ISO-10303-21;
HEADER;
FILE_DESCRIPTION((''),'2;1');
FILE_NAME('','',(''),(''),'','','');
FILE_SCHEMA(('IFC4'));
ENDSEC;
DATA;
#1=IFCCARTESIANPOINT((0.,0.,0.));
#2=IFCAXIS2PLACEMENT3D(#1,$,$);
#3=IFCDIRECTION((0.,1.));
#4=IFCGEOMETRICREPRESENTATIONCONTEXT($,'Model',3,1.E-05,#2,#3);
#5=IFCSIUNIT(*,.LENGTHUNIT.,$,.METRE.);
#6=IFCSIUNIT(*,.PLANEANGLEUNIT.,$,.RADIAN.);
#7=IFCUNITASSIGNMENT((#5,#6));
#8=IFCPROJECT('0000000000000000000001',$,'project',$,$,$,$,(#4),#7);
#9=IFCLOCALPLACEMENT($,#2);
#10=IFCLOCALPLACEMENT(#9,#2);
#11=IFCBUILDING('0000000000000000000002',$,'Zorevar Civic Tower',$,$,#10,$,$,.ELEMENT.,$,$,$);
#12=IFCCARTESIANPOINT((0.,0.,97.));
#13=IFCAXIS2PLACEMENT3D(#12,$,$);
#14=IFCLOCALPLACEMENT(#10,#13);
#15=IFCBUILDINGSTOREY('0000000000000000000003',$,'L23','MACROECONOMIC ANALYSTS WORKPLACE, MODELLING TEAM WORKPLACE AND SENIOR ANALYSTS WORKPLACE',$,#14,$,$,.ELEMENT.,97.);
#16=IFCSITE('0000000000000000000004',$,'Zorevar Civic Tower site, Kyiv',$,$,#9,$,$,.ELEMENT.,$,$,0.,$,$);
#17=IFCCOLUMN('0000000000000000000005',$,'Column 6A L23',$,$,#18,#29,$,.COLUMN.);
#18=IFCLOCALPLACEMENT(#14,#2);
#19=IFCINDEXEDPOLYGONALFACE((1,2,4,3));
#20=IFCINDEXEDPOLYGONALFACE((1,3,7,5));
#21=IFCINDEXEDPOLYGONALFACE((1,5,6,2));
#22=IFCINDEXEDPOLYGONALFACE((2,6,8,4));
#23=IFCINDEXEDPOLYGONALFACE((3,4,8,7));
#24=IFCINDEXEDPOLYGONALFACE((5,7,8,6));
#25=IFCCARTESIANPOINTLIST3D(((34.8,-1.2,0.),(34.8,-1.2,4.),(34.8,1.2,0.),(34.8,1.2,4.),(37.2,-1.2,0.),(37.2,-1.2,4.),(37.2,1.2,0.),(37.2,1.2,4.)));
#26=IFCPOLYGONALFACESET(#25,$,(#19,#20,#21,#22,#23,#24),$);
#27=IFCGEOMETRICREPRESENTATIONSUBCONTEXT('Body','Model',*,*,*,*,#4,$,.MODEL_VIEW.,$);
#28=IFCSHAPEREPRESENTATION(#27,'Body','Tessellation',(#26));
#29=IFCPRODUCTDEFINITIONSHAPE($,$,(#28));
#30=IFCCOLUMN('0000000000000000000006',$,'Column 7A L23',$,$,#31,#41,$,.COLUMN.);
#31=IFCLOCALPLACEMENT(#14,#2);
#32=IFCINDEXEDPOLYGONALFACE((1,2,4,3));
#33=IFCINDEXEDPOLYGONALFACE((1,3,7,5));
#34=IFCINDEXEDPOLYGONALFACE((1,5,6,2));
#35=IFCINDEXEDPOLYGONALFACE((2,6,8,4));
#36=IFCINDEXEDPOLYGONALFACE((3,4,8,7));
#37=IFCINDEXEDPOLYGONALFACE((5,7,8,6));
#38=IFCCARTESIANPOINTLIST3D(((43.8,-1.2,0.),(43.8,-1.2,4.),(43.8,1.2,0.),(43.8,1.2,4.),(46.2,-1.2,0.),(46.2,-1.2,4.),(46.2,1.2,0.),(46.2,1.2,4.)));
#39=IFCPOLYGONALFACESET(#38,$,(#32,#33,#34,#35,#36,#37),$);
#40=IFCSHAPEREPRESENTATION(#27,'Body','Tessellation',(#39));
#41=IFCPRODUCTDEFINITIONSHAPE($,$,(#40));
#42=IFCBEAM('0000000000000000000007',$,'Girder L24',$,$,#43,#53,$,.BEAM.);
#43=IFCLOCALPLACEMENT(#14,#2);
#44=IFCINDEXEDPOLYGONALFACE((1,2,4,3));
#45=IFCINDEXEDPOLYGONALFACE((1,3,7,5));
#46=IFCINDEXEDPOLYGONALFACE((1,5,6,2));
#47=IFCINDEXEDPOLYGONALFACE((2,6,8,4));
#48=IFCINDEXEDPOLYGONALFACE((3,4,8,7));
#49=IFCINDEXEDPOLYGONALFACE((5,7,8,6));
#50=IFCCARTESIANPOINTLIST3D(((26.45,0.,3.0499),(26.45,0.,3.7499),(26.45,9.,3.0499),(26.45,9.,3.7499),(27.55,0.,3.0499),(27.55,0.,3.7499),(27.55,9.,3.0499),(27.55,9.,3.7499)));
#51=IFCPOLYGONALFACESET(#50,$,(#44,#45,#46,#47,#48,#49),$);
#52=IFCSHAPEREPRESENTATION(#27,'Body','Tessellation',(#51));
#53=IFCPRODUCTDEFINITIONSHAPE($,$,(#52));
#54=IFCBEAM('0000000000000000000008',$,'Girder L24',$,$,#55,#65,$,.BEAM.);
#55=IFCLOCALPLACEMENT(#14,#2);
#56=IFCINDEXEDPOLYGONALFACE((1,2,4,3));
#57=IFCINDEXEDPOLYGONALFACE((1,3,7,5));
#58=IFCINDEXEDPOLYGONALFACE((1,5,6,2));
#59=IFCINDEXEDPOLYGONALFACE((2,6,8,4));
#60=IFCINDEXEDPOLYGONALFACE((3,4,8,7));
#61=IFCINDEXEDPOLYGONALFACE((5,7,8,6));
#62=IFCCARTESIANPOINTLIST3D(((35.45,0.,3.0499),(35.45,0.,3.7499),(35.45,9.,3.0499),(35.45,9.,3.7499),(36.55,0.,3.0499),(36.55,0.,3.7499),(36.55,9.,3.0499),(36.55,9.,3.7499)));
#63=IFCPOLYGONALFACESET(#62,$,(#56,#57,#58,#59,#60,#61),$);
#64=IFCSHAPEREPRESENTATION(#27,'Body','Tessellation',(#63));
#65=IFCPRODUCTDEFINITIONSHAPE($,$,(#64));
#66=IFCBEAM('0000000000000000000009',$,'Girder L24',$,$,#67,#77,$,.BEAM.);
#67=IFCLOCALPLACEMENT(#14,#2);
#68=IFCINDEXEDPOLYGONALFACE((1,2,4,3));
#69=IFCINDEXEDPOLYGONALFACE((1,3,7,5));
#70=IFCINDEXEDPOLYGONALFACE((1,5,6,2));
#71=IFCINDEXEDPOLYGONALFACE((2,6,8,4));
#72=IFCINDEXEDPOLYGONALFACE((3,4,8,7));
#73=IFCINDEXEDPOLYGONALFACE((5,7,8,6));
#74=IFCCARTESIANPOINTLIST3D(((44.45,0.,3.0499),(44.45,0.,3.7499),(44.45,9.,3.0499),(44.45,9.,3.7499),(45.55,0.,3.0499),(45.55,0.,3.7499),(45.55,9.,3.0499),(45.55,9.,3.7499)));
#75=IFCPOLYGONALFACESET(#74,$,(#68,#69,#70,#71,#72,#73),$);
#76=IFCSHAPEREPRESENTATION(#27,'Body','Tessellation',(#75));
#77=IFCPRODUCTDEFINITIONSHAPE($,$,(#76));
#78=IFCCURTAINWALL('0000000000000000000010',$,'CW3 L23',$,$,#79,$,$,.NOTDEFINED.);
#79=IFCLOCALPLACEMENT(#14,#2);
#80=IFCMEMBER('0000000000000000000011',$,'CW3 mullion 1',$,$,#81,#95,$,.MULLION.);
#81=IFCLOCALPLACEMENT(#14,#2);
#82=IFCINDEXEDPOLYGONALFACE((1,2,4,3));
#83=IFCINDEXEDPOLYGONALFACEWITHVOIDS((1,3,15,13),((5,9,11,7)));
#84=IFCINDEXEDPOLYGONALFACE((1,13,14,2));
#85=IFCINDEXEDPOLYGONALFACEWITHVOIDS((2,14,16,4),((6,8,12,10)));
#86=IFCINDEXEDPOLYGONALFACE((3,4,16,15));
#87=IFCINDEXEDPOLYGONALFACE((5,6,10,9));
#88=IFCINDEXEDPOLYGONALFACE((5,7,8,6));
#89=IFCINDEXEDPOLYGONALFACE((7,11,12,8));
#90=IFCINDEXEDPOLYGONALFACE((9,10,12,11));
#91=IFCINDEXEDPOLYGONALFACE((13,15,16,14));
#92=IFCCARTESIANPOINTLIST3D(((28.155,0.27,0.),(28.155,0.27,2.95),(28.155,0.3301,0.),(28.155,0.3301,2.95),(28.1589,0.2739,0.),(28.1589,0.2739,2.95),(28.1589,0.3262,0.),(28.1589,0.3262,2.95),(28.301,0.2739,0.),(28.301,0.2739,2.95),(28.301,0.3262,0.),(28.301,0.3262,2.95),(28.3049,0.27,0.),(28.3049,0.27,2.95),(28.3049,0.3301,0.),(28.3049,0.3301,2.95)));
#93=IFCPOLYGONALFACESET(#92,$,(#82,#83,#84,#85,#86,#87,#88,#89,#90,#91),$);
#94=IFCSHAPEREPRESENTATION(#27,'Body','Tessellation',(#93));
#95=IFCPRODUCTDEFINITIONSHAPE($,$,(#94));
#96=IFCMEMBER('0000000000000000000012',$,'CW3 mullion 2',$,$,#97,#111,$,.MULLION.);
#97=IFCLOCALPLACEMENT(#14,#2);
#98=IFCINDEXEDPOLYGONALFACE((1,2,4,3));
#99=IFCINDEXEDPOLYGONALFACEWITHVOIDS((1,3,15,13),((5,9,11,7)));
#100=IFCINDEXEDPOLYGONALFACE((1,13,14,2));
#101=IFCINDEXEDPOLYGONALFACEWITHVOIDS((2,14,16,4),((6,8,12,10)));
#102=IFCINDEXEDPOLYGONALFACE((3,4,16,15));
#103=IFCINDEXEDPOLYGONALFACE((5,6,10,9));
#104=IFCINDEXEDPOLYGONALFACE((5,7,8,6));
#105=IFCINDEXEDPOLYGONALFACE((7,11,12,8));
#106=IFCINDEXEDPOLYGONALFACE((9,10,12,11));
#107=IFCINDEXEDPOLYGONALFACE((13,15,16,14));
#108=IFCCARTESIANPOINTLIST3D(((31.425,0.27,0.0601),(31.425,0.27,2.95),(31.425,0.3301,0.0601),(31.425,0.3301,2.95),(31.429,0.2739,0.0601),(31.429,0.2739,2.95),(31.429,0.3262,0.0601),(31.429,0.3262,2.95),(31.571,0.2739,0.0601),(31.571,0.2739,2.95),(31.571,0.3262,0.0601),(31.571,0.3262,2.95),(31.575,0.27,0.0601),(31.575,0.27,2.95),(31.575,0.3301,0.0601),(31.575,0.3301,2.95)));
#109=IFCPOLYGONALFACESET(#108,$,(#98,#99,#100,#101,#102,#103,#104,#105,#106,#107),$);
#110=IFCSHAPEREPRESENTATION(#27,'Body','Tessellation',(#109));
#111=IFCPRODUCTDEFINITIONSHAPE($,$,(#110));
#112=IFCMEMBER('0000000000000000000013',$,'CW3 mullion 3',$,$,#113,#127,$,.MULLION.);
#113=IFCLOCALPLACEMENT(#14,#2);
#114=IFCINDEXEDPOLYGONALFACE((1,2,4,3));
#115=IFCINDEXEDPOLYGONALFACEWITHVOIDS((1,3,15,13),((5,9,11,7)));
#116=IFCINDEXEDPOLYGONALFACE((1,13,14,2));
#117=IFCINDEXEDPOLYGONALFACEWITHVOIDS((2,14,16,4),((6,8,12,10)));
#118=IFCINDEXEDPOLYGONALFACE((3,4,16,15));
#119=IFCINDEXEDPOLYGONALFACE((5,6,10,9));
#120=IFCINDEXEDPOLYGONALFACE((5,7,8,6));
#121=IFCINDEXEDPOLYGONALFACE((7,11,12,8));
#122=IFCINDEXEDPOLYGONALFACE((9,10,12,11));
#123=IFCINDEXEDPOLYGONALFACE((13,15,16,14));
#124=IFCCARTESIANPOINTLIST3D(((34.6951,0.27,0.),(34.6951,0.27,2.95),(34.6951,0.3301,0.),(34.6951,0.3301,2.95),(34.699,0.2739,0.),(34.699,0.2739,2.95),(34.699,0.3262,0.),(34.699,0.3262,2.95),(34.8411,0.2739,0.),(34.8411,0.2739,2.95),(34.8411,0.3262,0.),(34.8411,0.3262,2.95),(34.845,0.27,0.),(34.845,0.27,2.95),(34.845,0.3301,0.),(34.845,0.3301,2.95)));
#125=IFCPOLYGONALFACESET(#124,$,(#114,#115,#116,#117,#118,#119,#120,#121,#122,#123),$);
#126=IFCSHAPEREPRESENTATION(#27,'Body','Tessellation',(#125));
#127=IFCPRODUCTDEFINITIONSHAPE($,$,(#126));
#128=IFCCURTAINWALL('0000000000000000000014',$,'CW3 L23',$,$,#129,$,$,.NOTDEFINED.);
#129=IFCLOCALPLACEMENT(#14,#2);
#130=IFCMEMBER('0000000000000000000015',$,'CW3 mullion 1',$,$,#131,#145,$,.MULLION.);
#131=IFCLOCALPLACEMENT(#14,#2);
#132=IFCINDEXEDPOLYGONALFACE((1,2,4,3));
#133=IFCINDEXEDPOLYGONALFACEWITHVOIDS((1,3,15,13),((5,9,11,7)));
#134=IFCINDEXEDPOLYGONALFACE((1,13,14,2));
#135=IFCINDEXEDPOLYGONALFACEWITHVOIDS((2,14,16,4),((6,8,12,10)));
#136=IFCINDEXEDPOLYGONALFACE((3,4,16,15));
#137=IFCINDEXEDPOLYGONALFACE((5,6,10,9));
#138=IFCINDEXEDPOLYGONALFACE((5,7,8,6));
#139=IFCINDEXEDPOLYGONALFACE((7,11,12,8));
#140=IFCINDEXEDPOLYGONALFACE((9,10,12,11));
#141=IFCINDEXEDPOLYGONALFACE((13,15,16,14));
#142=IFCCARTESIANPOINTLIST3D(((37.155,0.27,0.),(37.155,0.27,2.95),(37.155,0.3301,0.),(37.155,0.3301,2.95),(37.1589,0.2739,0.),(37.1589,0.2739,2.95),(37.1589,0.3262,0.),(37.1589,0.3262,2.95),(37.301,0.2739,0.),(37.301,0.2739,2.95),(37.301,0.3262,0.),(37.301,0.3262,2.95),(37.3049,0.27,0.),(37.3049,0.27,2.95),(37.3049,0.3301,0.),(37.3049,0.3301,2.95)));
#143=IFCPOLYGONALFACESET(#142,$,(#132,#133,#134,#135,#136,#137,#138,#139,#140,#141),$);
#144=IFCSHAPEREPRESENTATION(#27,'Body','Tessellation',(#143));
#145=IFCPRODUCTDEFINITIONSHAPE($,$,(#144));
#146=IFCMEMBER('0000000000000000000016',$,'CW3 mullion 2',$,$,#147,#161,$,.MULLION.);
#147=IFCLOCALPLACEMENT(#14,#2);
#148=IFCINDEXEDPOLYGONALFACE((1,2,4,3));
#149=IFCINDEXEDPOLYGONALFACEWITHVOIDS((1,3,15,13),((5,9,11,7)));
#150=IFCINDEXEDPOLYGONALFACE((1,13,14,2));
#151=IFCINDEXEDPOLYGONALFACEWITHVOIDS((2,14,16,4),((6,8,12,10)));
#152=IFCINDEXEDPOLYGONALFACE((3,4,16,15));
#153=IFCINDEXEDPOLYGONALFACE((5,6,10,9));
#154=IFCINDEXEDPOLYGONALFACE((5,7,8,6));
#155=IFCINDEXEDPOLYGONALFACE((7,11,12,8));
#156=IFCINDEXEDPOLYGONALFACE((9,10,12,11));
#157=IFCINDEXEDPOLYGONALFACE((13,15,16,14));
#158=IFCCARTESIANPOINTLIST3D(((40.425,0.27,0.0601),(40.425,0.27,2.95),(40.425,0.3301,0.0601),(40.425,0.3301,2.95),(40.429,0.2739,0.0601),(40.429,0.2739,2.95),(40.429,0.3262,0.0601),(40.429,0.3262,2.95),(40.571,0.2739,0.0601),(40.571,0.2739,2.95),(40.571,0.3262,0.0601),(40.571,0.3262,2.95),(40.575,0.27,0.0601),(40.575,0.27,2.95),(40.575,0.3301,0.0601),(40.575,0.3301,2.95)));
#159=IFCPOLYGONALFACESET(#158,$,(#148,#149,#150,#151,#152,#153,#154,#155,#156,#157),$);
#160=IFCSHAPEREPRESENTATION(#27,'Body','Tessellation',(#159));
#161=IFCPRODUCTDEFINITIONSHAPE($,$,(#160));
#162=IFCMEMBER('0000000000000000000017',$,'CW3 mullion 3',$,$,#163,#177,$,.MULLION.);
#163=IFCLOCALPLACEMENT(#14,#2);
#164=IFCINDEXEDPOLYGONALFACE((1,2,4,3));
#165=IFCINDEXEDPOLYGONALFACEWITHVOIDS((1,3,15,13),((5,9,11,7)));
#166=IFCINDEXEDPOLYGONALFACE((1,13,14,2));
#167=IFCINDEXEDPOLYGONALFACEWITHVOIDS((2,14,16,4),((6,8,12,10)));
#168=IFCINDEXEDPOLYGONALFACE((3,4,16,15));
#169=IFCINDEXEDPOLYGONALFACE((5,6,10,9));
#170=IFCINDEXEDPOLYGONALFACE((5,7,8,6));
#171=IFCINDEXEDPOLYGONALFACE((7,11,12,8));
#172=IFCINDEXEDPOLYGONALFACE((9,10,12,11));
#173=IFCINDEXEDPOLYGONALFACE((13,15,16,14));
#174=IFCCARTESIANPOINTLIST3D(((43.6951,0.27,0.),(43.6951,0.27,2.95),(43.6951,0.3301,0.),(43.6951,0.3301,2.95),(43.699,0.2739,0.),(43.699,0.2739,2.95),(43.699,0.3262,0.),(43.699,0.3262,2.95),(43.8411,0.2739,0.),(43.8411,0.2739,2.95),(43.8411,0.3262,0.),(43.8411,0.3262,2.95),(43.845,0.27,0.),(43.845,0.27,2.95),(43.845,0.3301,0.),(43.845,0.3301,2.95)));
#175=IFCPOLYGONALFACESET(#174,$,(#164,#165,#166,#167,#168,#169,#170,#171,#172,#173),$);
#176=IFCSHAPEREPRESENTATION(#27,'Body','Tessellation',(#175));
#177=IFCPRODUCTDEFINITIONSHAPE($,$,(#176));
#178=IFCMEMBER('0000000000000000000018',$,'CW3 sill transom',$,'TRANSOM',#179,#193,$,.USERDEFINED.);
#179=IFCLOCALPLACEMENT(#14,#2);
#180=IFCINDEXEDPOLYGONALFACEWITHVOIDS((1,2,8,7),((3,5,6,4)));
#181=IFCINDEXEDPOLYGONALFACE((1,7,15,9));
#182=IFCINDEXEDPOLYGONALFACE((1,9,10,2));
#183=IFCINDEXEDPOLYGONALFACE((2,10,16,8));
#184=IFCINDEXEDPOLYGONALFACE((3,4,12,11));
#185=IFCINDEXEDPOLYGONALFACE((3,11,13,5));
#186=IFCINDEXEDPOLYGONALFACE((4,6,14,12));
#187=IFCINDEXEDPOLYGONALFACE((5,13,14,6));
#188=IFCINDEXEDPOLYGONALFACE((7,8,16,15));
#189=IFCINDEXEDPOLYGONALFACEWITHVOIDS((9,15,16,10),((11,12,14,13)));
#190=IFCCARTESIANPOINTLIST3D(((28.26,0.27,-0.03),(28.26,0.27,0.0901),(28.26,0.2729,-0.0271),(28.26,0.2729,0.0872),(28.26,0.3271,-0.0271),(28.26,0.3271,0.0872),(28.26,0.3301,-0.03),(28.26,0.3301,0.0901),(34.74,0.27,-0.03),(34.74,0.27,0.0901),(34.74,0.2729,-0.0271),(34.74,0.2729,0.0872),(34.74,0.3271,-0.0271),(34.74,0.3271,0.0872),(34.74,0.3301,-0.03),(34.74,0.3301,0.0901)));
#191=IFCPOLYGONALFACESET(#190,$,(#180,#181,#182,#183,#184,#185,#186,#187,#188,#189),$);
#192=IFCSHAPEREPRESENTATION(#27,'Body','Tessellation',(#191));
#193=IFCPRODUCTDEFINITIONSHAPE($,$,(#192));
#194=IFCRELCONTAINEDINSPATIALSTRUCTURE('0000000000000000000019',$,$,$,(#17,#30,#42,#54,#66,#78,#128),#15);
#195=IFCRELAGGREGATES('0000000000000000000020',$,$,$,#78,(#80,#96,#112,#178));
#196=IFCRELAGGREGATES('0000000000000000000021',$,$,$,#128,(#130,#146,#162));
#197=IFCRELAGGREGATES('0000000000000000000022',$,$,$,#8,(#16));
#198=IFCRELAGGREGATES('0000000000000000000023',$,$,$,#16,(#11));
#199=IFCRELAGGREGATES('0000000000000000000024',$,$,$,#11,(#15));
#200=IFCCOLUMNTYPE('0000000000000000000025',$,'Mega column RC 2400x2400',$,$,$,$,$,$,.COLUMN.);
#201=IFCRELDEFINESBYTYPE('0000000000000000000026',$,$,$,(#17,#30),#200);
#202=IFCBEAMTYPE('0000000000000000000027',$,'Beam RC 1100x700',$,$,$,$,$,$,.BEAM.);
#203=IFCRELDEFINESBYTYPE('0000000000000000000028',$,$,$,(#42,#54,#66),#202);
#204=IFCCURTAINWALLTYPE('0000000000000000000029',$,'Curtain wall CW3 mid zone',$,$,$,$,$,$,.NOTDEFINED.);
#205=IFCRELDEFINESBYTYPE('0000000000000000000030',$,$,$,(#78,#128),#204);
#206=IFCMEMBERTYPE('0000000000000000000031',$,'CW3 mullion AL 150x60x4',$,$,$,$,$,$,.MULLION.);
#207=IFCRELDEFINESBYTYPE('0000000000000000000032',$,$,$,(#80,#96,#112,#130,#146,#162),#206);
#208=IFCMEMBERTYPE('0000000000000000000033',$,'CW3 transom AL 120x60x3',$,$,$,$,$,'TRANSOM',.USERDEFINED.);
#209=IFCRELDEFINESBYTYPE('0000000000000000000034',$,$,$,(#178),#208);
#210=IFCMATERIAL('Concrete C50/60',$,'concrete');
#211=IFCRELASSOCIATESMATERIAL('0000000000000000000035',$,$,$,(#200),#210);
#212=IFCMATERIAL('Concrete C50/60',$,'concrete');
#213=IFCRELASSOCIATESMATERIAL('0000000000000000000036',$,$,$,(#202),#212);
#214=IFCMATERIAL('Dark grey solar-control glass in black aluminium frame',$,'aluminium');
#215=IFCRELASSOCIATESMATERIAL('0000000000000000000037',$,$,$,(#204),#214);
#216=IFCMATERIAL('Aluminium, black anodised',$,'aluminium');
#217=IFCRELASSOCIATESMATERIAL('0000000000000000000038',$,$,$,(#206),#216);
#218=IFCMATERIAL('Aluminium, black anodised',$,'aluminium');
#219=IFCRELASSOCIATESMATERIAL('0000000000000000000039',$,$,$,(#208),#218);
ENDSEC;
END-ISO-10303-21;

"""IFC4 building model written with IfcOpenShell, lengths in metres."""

from ifc_helpers import new_model, si_unit, direction, frame, origin, origin_2d, place, context, subcontext, project, spatial, rectangle, hollow_rectangle, extrude, material, material_profile, profile_set, type_object, element, aggregate, save


model = new_model("IFC4")

# Units and contexts
model_context = context("Model", 3, precision=1e-05, world=origin(), true_north=direction((0.0, 1.0)))
body_context = subcontext(model_context, "Body", "Model", "MODEL_VIEW")
ifc_project = project(units=[si_unit("LENGTHUNIT", "METRE"), si_unit("PLANEANGLEUNIT", "RADIAN")], contexts=[model_context])

# Site, building, storey
site_placement = place(None, origin())
site = spatial("IfcSite", under=ifc_project, at=site_placement, Name="Zorevar Civic Tower site, Kyiv", CompositionType="ELEMENT", RefElevation=0.0)
building_placement = place(site_placement, origin())
building = spatial("IfcBuilding", under=site, at=building_placement, Name="Zorevar Civic Tower", CompositionType="ELEMENT")
storey_placement = place(building_placement, frame((0.0, 0.0, 97.0)))
storey = spatial("IfcBuildingStorey", under=building, at=storey_placement, Name="L23", Description="MACROECONOMIC ANALYSTS WORKPLACE, MODELLING TEAM WORKPLACE AND SENIOR ANALYSTS WORKPLACE", CompositionType="ELEMENT", Elevation=97.0)

# Columns
ifc_material_1 = material(Name="Concrete C50/60", Category="concrete")
ifc_material_profile_1 = material_profile(ifc_material_1, rectangle(XDim=2.3999, YDim=2.3999, at=origin_2d()), Name="RC 2400x2400")
ifc_profile_set_1 = profile_set([ifc_material_profile_1], Name="Concrete C50/60")
column_type = type_object("IfcColumnType", Name="Mega column RC 2400x2400", PredefinedType="COLUMN", material=ifc_profile_set_1)
for number, where, z_axis, x_axis, name in (
    (1, (36.0, 0.0, 0.0), (0.0, 0.0, 1.0), (1.0, 0.0, 0.0), "Column 6A L23"),
    (2, (45.0, 0.0, 0.0), (0.0, 0.0, 1.0), (1.0, 0.0, 0.0), "Column 7A L23"),
):
    element("IfcColumn", number, at=place(storey_placement, frame(where, z_axis=z_axis, x_axis=x_axis)), inside=storey, type_object=column_type, Name=name, PredefinedType="COLUMN", context=body_context, shape_type="SweptSolid", body=[
        extrude(rectangle(XDim=2.3999, YDim=2.3999, at=origin_2d()), origin(), (0.0, 0.0, 1.0), 4.0),
    ])

# Beams
ifc_material_2 = material(Name="Concrete C50/60", Category="concrete")
ifc_material_profile_2 = material_profile(ifc_material_2, rectangle(XDim=1.1001, YDim=0.7, at=origin_2d()), Name="RC 1100x700")
ifc_profile_set_2 = profile_set([ifc_material_profile_2], Name="Concrete C50/60")
beam_type_1 = type_object("IfcBeamType", Name="Beam RC 1100x700", PredefinedType="BEAM", material=ifc_profile_set_2)
for number, where, z_axis, x_axis, name in (
    (3, (27.0, 0.0, 3.3999), (0.0, 1.0, 0.0), (-1.0, 0.0, 0.0), "Girder L24"),
    (4, (36.0, 0.0, 3.3999), (0.0, 1.0, 0.0), (-1.0, 0.0, 0.0), "Girder L24"),
    (5, (45.0, 0.0, 3.3999), (0.0, 1.0, 0.0), (-1.0, 0.0, 0.0), "Girder L24"),
):
    element("IfcBeam", number, at=place(storey_placement, frame(where, z_axis=z_axis, x_axis=x_axis)), inside=storey, type_object=beam_type_1, Name=name, PredefinedType="BEAM", context=body_context, shape_type="SweptSolid", body=[
        extrude(rectangle(XDim=1.1001, YDim=0.7, at=origin_2d()), origin(), (0.0, 0.0, 1.0), 9.0),
    ])

# Curtain walls, members
ifc_material_3 = material(Name="Dark grey solar-control glass in black aluminium frame", Category="aluminium")
curtain_wall_type = type_object("IfcCurtainWallType", Name="Curtain wall CW3 mid zone", PredefinedType="NOTDEFINED", material=ifc_material_3)
curtain_wall_1_placement = place(storey_placement, origin())
curtain_wall_1 = element("IfcCurtainWall", 6, at=curtain_wall_1_placement, inside=storey, type_object=curtain_wall_type, Name="CW3 L23", PredefinedType="NOTDEFINED")
ifc_material_4 = material(Name="Aluminium, black anodised", Category="aluminium")
ifc_material_profile_3 = material_profile(ifc_material_4, hollow_rectangle(XDim=0.0601, YDim=0.1499, WallThickness=0.0039, at=origin_2d()), Name="AL 150x60x4")
ifc_profile_set_3 = profile_set([ifc_material_profile_3], Name="Aluminium, black anodised")
member_type_1 = type_object("IfcMemberType", Name="CW3 mullion AL 150x60x4", PredefinedType="MULLION", material=ifc_profile_set_3)
member_1_placement = place(storey_placement, frame((28.23, 0.3, 0.0), z_axis=(0.0, 0.0, 1.0), x_axis=(0.0, 1.0, 0.0)))
member_1 = element("IfcMember", 7, at=member_1_placement, type_object=member_type_1, Name="CW3 mullion 1", PredefinedType="MULLION", context=body_context, shape_type="SweptSolid", body=[
    extrude(hollow_rectangle(XDim=0.0601, YDim=0.1499, WallThickness=0.0039, at=origin_2d()), origin(), (0.0, 0.0, 1.0), 2.95),
])
member_2_placement = place(storey_placement, frame((31.5, 0.3, 0.0601), z_axis=(0.0, 0.0, 1.0), x_axis=(0.0, 1.0, 0.0)))
member_2 = element("IfcMember", 8, at=member_2_placement, type_object=member_type_1, Name="CW3 mullion 2", PredefinedType="MULLION", context=body_context, shape_type="SweptSolid", body=[
    extrude(hollow_rectangle(XDim=0.0601, YDim=0.1499, WallThickness=0.0039, at=origin_2d()), origin(), (0.0, 0.0, 1.0), 2.8899),
])
member_3_placement = place(storey_placement, frame((34.77, 0.3, 0.0), z_axis=(0.0, 0.0, 1.0), x_axis=(0.0, 1.0, 0.0)))
member_3 = element("IfcMember", 9, at=member_3_placement, type_object=member_type_1, Name="CW3 mullion 3", PredefinedType="MULLION", context=body_context, shape_type="SweptSolid", body=[
    extrude(hollow_rectangle(XDim=0.0601, YDim=0.1499, WallThickness=0.0039, at=origin_2d()), origin(), (0.0, 0.0, 1.0), 2.95),
])
curtain_wall_2_placement = place(storey_placement, origin())
curtain_wall_2 = element("IfcCurtainWall", 10, at=curtain_wall_2_placement, inside=storey, type_object=curtain_wall_type, Name="CW3 L23", PredefinedType="NOTDEFINED")
member_4_placement = place(storey_placement, frame((37.23, 0.3, 0.0), z_axis=(0.0, 0.0, 1.0), x_axis=(0.0, 1.0, 0.0)))
member_4 = element("IfcMember", 11, at=member_4_placement, type_object=member_type_1, Name="CW3 mullion 1", PredefinedType="MULLION", context=body_context, shape_type="SweptSolid", body=[
    extrude(hollow_rectangle(XDim=0.0601, YDim=0.1499, WallThickness=0.0039, at=origin_2d()), origin(), (0.0, 0.0, 1.0), 2.95),
])
member_5_placement = place(storey_placement, frame((40.5, 0.3, 0.0601), z_axis=(0.0, 0.0, 1.0), x_axis=(0.0, 1.0, 0.0)))
member_5 = element("IfcMember", 12, at=member_5_placement, type_object=member_type_1, Name="CW3 mullion 2", PredefinedType="MULLION", context=body_context, shape_type="SweptSolid", body=[
    extrude(hollow_rectangle(XDim=0.0601, YDim=0.1499, WallThickness=0.0039, at=origin_2d()), origin(), (0.0, 0.0, 1.0), 2.8899),
])
member_6_placement = place(storey_placement, frame((43.77, 0.3, 0.0), z_axis=(0.0, 0.0, 1.0), x_axis=(0.0, 1.0, 0.0)))
member_6 = element("IfcMember", 13, at=member_6_placement, type_object=member_type_1, Name="CW3 mullion 3", PredefinedType="MULLION", context=body_context, shape_type="SweptSolid", body=[
    extrude(hollow_rectangle(XDim=0.0601, YDim=0.1499, WallThickness=0.0039, at=origin_2d()), origin(), (0.0, 0.0, 1.0), 2.95),
])

# Member
ifc_material_5 = material(Name="Aluminium, black anodised", Category="aluminium")
ifc_material_profile_4 = material_profile(ifc_material_5, hollow_rectangle(XDim=0.0601, YDim=0.1201, WallThickness=0.0029, at=origin_2d()), Name="AL 120x60x3")
ifc_profile_set_4 = profile_set([ifc_material_profile_4], Name="Aluminium, black anodised")
member_type_2 = type_object("IfcMemberType", Name="CW3 transom AL 120x60x3", ElementType="TRANSOM", PredefinedType="USERDEFINED", material=ifc_profile_set_4)
member_7_placement = place(storey_placement, frame((28.26, 0.3, 0.03), z_axis=(1.0, 0.0, 0.0), x_axis=(0.0, 1.0, 0.0)))
member_7 = element("IfcMember", 14, at=member_7_placement, type_object=member_type_2, Name="CW3 sill transom", ObjectType="TRANSOM", PredefinedType="USERDEFINED", context=body_context, shape_type="SweptSolid", body=[
    extrude(hollow_rectangle(XDim=0.0601, YDim=0.1201, WallThickness=0.0029, at=origin_2d()), origin(), (0.0, 0.0, 1.0), 6.48),
])

aggregate(curtain_wall_1, [member_1, member_2, member_3, member_7])
aggregate(curtain_wall_2, [member_4, member_5, member_6])

save(model, "model.ifc")
